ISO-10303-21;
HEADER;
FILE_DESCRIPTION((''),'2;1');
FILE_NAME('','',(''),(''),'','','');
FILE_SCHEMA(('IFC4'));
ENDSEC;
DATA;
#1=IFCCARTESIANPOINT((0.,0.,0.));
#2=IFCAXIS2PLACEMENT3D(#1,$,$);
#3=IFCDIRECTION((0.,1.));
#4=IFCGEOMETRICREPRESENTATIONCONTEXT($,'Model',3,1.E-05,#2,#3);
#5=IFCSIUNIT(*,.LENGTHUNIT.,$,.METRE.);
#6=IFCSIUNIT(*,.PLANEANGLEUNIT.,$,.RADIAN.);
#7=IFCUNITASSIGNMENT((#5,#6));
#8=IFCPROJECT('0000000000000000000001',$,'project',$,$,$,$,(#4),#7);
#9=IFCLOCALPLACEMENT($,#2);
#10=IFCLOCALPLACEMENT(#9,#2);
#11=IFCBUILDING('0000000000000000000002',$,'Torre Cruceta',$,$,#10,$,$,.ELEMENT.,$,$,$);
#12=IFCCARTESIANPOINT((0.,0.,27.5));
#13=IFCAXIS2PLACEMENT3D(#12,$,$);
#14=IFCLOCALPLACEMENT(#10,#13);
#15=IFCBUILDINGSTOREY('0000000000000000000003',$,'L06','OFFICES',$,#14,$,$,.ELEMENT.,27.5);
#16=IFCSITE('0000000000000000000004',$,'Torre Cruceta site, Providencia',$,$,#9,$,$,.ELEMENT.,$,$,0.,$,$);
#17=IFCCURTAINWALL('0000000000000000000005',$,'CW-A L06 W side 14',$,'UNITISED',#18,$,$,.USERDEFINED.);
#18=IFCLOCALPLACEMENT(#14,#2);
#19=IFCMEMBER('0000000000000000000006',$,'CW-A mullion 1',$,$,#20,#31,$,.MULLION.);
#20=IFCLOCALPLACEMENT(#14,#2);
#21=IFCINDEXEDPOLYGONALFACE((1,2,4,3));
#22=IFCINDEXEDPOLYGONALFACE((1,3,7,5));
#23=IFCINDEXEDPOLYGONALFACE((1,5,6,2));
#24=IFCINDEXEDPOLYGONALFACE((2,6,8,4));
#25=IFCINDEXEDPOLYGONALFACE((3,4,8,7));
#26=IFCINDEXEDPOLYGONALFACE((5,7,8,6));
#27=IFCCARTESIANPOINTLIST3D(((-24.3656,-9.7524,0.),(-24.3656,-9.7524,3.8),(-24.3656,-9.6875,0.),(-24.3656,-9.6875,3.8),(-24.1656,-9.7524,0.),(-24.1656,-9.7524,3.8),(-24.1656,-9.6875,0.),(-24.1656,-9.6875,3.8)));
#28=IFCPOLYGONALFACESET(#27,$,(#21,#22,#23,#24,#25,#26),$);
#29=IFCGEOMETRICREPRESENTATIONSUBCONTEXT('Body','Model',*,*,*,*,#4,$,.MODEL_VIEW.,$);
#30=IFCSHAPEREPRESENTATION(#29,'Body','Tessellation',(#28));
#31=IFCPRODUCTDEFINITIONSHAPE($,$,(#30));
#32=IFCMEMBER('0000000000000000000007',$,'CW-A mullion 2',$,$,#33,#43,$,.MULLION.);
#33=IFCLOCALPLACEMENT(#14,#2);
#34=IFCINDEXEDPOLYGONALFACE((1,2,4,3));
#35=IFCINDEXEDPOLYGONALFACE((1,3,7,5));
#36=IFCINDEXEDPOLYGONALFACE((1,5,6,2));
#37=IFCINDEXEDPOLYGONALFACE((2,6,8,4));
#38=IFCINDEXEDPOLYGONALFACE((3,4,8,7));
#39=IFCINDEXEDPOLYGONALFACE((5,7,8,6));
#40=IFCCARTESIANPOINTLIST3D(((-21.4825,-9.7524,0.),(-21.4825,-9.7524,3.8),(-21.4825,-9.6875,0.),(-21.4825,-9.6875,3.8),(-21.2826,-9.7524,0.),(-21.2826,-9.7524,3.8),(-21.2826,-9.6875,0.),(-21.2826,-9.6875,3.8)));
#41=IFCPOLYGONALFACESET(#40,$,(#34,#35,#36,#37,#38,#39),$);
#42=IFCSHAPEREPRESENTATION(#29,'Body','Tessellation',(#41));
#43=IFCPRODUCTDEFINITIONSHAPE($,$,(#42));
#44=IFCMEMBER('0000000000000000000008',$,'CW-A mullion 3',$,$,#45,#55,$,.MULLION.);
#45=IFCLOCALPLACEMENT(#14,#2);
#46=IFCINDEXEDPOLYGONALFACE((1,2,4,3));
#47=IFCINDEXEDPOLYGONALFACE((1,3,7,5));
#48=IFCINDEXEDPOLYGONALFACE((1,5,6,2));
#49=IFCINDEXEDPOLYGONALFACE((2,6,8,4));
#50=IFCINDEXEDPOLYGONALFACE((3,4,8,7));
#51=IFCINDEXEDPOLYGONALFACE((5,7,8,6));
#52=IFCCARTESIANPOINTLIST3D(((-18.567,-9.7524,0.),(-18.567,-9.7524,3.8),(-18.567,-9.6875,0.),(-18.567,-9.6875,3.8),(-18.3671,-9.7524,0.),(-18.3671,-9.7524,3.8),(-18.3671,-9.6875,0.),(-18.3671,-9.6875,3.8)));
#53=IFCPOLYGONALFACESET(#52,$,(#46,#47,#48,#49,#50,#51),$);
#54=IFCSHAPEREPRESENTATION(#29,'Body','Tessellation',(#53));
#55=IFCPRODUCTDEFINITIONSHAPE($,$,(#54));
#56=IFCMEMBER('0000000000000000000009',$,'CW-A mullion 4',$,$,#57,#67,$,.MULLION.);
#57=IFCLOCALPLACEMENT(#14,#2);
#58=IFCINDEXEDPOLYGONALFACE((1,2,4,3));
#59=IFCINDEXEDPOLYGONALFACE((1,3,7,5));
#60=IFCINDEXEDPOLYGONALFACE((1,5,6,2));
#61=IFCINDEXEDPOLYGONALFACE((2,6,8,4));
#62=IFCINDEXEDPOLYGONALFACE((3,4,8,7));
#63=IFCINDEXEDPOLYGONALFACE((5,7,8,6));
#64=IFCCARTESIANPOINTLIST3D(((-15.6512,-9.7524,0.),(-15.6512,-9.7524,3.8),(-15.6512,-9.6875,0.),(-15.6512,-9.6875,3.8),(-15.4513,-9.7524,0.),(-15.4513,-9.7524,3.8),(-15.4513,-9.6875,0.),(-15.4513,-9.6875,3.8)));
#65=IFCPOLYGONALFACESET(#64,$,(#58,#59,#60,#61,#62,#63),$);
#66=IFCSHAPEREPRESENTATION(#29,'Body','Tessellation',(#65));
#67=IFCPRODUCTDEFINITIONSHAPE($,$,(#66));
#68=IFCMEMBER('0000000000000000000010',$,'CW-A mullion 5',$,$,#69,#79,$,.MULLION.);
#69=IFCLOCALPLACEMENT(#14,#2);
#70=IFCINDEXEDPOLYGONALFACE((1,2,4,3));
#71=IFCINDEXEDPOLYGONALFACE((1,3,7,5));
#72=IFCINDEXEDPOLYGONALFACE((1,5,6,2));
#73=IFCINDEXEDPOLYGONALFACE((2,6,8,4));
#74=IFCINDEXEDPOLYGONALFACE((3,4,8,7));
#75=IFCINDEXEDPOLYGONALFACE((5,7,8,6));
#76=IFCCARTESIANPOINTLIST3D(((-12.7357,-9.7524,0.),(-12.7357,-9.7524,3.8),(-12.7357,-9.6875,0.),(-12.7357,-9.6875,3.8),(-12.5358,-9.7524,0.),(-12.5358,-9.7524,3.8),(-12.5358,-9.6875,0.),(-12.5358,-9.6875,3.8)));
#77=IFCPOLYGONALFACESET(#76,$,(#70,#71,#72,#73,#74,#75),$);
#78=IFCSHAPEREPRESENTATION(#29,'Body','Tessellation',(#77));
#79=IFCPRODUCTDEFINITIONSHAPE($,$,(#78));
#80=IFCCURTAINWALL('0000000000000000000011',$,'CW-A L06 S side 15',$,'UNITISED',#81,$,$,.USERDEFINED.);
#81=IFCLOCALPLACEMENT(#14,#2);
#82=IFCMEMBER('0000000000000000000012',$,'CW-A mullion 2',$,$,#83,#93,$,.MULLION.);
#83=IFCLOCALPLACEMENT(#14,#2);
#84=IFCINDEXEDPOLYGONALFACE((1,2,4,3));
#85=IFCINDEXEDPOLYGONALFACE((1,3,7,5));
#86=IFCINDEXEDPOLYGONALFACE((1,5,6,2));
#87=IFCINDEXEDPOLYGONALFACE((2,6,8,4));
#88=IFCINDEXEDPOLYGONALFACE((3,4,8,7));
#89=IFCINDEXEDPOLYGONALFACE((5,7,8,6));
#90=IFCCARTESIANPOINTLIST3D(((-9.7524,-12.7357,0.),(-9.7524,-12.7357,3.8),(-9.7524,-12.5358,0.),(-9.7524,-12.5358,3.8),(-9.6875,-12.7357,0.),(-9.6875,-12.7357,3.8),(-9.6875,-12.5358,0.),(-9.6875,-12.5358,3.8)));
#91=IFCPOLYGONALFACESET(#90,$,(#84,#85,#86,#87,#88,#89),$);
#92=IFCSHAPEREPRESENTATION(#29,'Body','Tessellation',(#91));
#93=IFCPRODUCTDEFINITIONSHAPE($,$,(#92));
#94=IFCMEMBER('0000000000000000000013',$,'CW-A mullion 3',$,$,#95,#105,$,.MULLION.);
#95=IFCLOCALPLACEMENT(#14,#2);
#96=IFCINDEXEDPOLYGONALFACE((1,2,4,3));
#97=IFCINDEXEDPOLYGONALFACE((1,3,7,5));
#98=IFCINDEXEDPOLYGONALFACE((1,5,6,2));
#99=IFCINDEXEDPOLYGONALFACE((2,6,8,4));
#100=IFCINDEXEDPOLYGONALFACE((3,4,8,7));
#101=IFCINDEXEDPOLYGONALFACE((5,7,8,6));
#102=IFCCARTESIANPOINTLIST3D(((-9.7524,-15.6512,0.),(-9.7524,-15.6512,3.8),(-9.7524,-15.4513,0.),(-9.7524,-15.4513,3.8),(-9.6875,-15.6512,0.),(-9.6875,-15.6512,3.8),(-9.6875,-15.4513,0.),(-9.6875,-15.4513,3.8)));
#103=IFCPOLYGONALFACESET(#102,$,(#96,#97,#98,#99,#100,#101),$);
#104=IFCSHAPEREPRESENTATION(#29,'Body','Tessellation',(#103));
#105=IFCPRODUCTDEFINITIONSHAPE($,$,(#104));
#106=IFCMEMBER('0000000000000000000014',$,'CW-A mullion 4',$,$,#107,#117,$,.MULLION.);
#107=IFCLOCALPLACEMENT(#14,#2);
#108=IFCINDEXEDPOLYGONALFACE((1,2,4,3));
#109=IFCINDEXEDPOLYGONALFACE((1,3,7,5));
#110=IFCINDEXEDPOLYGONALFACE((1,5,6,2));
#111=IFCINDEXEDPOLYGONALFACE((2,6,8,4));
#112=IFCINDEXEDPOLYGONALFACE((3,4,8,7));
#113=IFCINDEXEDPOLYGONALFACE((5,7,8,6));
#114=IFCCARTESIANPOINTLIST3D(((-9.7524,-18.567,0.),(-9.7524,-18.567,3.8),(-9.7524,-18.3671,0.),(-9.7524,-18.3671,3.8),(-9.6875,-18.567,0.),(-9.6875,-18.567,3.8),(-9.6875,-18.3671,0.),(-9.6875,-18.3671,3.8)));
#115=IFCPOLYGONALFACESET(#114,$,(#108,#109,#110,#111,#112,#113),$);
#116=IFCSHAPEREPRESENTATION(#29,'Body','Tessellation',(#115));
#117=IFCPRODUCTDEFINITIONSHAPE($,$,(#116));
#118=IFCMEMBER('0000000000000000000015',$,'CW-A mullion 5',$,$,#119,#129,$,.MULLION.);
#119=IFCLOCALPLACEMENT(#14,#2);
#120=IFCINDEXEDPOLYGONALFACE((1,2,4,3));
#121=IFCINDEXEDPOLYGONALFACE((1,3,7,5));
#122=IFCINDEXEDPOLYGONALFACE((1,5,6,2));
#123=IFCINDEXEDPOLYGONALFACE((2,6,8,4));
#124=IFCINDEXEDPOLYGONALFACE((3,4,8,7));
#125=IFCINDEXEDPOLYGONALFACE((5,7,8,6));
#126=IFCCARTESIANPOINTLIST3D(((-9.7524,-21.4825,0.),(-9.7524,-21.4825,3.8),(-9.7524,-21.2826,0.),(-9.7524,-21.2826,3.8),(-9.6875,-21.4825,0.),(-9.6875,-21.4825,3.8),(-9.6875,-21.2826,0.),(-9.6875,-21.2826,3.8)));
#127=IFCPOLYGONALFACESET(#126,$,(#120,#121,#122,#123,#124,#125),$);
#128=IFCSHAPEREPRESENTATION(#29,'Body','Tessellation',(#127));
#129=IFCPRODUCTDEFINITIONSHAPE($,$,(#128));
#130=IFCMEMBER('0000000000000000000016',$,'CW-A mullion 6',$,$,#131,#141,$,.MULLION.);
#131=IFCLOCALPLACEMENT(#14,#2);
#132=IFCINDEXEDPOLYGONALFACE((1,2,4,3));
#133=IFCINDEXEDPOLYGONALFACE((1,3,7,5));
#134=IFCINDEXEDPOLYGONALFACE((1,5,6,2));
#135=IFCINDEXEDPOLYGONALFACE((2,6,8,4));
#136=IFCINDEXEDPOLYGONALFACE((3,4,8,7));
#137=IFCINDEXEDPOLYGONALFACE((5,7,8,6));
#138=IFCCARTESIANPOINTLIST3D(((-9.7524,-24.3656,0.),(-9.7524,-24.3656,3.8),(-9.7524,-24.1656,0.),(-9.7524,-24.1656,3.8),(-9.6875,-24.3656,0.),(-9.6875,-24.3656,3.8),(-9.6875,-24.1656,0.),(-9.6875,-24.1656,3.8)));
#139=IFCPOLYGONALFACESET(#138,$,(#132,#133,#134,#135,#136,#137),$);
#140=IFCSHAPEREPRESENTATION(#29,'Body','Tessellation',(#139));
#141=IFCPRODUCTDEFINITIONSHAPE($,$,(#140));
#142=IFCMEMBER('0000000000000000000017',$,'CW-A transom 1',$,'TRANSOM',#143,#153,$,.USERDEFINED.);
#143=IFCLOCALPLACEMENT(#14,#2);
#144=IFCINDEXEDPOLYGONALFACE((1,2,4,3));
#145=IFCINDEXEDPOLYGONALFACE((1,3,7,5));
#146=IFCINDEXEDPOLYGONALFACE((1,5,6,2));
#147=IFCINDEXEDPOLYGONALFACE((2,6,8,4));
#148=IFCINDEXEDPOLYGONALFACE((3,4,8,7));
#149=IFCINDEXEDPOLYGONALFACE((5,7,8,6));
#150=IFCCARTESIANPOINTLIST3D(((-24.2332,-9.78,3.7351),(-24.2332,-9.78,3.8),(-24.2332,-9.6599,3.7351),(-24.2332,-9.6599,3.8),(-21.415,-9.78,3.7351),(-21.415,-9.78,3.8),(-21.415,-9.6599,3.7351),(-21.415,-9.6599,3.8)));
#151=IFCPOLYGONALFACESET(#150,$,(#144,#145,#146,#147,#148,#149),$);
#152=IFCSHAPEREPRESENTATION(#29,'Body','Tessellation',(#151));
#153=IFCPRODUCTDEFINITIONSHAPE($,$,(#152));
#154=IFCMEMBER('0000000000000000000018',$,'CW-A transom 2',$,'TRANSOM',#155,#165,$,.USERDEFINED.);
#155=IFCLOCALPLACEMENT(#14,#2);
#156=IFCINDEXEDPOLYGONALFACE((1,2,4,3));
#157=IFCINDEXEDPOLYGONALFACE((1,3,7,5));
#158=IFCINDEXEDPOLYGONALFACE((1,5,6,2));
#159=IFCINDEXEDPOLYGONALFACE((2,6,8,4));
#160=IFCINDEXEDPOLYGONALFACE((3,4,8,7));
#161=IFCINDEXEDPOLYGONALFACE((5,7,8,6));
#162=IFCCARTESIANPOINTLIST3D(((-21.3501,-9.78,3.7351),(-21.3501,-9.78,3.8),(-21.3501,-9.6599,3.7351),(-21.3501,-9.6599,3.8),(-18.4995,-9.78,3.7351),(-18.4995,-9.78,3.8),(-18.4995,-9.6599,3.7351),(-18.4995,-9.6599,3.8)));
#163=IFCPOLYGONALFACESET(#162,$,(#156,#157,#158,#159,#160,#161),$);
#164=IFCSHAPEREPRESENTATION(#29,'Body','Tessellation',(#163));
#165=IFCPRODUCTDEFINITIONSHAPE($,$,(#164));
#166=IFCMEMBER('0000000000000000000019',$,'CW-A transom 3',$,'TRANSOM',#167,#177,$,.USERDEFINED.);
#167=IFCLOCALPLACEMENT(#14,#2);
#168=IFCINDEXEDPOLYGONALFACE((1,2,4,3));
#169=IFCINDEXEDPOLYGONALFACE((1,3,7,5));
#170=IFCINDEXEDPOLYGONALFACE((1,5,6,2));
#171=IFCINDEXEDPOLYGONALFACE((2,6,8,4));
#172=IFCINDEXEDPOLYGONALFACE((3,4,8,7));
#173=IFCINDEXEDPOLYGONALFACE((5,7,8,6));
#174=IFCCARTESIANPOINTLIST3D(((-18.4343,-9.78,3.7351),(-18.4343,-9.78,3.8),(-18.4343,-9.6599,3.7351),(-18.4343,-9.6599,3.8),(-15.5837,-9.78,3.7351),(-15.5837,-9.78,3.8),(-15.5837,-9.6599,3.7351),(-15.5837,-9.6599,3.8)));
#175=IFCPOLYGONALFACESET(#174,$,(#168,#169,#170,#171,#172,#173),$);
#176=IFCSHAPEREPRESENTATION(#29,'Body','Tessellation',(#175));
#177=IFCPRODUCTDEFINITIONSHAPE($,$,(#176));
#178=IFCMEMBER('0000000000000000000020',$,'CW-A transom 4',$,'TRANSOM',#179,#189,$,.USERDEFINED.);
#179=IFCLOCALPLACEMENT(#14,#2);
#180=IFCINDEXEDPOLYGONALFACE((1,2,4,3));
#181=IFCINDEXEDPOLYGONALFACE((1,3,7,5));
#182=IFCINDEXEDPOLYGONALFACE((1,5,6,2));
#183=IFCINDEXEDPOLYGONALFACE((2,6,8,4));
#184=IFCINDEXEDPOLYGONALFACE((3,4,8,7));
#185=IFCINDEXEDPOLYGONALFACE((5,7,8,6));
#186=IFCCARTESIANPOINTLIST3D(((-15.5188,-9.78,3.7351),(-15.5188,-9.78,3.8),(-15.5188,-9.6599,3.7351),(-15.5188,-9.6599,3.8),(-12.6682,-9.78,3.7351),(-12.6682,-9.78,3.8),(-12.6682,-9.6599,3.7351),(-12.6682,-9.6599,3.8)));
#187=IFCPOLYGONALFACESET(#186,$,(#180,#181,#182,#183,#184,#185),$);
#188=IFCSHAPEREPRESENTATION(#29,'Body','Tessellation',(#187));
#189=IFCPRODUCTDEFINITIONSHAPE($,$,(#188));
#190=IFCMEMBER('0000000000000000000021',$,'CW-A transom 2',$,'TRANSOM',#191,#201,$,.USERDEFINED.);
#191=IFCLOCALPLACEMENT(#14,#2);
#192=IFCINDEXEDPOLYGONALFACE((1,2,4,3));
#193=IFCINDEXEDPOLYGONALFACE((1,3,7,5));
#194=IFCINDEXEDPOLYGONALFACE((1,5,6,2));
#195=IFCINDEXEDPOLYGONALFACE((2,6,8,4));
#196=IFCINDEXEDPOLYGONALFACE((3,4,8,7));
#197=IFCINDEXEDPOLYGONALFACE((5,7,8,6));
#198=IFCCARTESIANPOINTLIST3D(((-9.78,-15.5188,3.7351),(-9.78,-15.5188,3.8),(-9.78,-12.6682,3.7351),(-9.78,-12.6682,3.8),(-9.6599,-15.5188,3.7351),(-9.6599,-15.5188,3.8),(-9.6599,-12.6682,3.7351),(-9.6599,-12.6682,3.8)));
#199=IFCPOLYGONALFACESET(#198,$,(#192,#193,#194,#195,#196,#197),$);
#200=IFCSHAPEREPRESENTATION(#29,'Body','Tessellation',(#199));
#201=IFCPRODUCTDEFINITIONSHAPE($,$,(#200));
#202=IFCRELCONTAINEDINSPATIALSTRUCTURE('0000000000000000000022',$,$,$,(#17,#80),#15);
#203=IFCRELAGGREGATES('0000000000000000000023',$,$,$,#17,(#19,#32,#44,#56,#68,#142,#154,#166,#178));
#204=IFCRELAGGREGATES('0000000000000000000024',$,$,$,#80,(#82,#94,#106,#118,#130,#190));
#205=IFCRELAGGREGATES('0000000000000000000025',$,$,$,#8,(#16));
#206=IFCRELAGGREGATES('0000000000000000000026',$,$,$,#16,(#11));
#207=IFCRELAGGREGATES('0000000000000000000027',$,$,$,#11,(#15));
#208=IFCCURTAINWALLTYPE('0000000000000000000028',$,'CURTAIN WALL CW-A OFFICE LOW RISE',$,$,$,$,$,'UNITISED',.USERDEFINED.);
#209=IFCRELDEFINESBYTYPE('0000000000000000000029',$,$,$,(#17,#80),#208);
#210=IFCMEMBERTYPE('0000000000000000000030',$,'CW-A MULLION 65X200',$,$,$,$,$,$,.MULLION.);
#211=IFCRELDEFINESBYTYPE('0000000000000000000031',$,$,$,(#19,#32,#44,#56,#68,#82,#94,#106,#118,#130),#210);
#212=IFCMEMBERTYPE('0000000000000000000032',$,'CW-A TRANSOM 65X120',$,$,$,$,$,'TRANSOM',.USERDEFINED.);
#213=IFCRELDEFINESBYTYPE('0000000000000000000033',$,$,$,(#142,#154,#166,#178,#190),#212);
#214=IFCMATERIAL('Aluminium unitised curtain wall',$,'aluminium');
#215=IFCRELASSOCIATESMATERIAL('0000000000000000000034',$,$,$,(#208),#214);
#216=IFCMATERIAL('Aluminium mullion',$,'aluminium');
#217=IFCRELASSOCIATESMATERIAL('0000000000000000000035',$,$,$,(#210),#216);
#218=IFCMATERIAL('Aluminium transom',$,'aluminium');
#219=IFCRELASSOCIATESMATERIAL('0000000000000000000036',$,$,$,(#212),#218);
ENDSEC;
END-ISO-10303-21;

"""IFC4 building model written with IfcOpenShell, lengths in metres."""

from ifc_helpers import new_model, si_unit, direction, frame, origin, origin_2d, place, context, subcontext, project, spatial, rectangle, extrude, material, material_profile, profile_set, type_object, element, aggregate, save


model = new_model("IFC4")

# Units and contexts
model_context = context("Model", 3, precision=1e-05, world=origin(), true_north=direction((0.0, 1.0)))
body_context = subcontext(model_context, "Body", "Model", "MODEL_VIEW")
ifc_project = project(units=[si_unit("LENGTHUNIT", "METRE"), si_unit("PLANEANGLEUNIT", "RADIAN")], contexts=[model_context])

# Site, building, storey
site_placement = place(None, origin())
site = spatial("IfcSite", under=ifc_project, at=site_placement, Name="Torre Cruceta site, Providencia", CompositionType="ELEMENT", RefElevation=0.0)
building_placement = place(site_placement, origin())
building = spatial("IfcBuilding", under=site, at=building_placement, Name="Torre Cruceta", CompositionType="ELEMENT")
storey_placement = place(building_placement, frame((0.0, 0.0, 27.5)))
storey = spatial("IfcBuildingStorey", under=building, at=storey_placement, Name="L06", Description="OFFICES", CompositionType="ELEMENT", Elevation=27.5)

# Curtain walls, members
ifc_material_1 = material(Name="Aluminium unitised curtain wall", Category="aluminium")
curtain_wall_type = type_object("IfcCurtainWallType", Name="CURTAIN WALL CW-A OFFICE LOW RISE", ElementType="UNITISED", PredefinedType="USERDEFINED", material=ifc_material_1)
curtain_wall_1_placement = place(storey_placement, origin())
curtain_wall_1 = element("IfcCurtainWall", 1, at=curtain_wall_1_placement, inside=storey, type_object=curtain_wall_type, Name="CW-A L06 W side 14", ObjectType="UNITISED", PredefinedType="USERDEFINED")
ifc_material_2 = material(Name="Aluminium mullion", Category="aluminium")
ifc_material_profile_1 = material_profile(ifc_material_2, rectangle(XDim=0.0649, YDim=0.2, at=origin_2d()), Name="AL 65X200")
ifc_profile_set_1 = profile_set([ifc_material_profile_1], Name="Aluminium mullion")
member_type_1 = type_object("IfcMemberType", Name="CW-A MULLION 65X200", PredefinedType="MULLION", material=ifc_profile_set_1)
member_1_placement = place(storey_placement, frame((-24.2656, -9.72, 0.0), z_axis=(0.0, 0.0, 1.0), x_axis=(0.0, 1.0, 0.0)))
member_1 = element("IfcMember", 2, at=member_1_placement, type_object=member_type_1, Name="CW-A mullion 1", PredefinedType="MULLION", context=body_context, shape_type="SweptSolid", body=[
    extrude(rectangle(XDim=0.0649, YDim=0.2, at=origin_2d()), origin(), (0.0, 0.0, 1.0), 3.8),
])
member_2_placement = place(storey_placement, frame((-21.3826, -9.72, 0.0), z_axis=(0.0, 0.0, 1.0), x_axis=(0.0, 1.0, 0.0)))
member_2 = element("IfcMember", 3, at=member_2_placement, type_object=member_type_1, Name="CW-A mullion 2", PredefinedType="MULLION", context=body_context, shape_type="SweptSolid", body=[
    extrude(rectangle(XDim=0.0649, YDim=0.2, at=origin_2d()), origin(), (0.0, 0.0, 1.0), 3.8),
])
member_3_placement = place(storey_placement, frame((-18.467, -9.72, 0.0), z_axis=(0.0, 0.0, 1.0), x_axis=(0.0, 1.0, 0.0)))
member_3 = element("IfcMember", 4, at=member_3_placement, type_object=member_type_1, Name="CW-A mullion 3", PredefinedType="MULLION", context=body_context, shape_type="SweptSolid", body=[
    extrude(rectangle(XDim=0.0649, YDim=0.2, at=origin_2d()), origin(), (0.0, 0.0, 1.0), 3.8),
])
member_4_placement = place(storey_placement, frame((-15.5513, -9.72, 0.0), z_axis=(0.0, 0.0, 1.0), x_axis=(0.0, 1.0, 0.0)))
member_4 = element("IfcMember", 5, at=member_4_placement, type_object=member_type_1, Name="CW-A mullion 4", PredefinedType="MULLION", context=body_context, shape_type="SweptSolid", body=[
    extrude(rectangle(XDim=0.0649, YDim=0.2, at=origin_2d()), origin(), (0.0, 0.0, 1.0), 3.8),
])
member_5_placement = place(storey_placement, frame((-12.6357, -9.72, 0.0), z_axis=(0.0, 0.0, 1.0), x_axis=(0.0, 1.0, 0.0)))
member_5 = element("IfcMember", 6, at=member_5_placement, type_object=member_type_1, Name="CW-A mullion 5", PredefinedType="MULLION", context=body_context, shape_type="SweptSolid", body=[
    extrude(rectangle(XDim=0.0649, YDim=0.2, at=origin_2d()), origin(), (0.0, 0.0, 1.0), 3.8),
])
curtain_wall_2_placement = place(storey_placement, origin())
curtain_wall_2 = element("IfcCurtainWall", 7, at=curtain_wall_2_placement, inside=storey, type_object=curtain_wall_type, Name="CW-A L06 S side 15", ObjectType="UNITISED", PredefinedType="USERDEFINED")
member_6_placement = place(storey_placement, frame((-9.72, -12.6357, 0.0), z_axis=(0.0, 0.0, 1.0), x_axis=(1.0, 0.0, 0.0)))
member_6 = element("IfcMember", 8, at=member_6_placement, type_object=member_type_1, Name="CW-A mullion 2", PredefinedType="MULLION", context=body_context, shape_type="SweptSolid", body=[
    extrude(rectangle(XDim=0.0649, YDim=0.2, at=origin_2d()), origin(), (0.0, 0.0, 1.0), 3.8),
])
member_7_placement = place(storey_placement, frame((-9.72, -15.5513, 0.0), z_axis=(0.0, 0.0, 1.0), x_axis=(1.0, 0.0, 0.0)))
member_7 = element("IfcMember", 9, at=member_7_placement, type_object=member_type_1, Name="CW-A mullion 3", PredefinedType="MULLION", context=body_context, shape_type="SweptSolid", body=[
    extrude(rectangle(XDim=0.0649, YDim=0.2, at=origin_2d()), origin(), (0.0, 0.0, 1.0), 3.8),
])
member_8_placement = place(storey_placement, frame((-9.72, -18.467, 0.0), z_axis=(0.0, 0.0, 1.0), x_axis=(1.0, 0.0, 0.0)))
member_8 = element("IfcMember", 10, at=member_8_placement, type_object=member_type_1, Name="CW-A mullion 4", PredefinedType="MULLION", context=body_context, shape_type="SweptSolid", body=[
    extrude(rectangle(XDim=0.0649, YDim=0.2, at=origin_2d()), origin(), (0.0, 0.0, 1.0), 3.8),
])
member_9_placement = place(storey_placement, frame((-9.72, -21.3826, 0.0), z_axis=(0.0, 0.0, 1.0), x_axis=(1.0, 0.0, 0.0)))
member_9 = element("IfcMember", 11, at=member_9_placement, type_object=member_type_1, Name="CW-A mullion 5", PredefinedType="MULLION", context=body_context, shape_type="SweptSolid", body=[
    extrude(rectangle(XDim=0.0649, YDim=0.2, at=origin_2d()), origin(), (0.0, 0.0, 1.0), 3.8),
])
member_10_placement = place(storey_placement, frame((-9.72, -24.2656, 0.0), z_axis=(0.0, 0.0, 1.0), x_axis=(1.0, 0.0, 0.0)))
member_10 = element("IfcMember", 12, at=member_10_placement, type_object=member_type_1, Name="CW-A mullion 6", PredefinedType="MULLION", context=body_context, shape_type="SweptSolid", body=[
    extrude(rectangle(XDim=0.0649, YDim=0.2, at=origin_2d()), origin(), (0.0, 0.0, 1.0), 3.8),
])

# Members
ifc_material_3 = material(Name="Aluminium transom", Category="aluminium")
ifc_material_profile_2 = material_profile(ifc_material_3, rectangle(XDim=0.1201, YDim=0.0649, at=origin_2d()), Name="AL 120X65")
ifc_profile_set_2 = profile_set([ifc_material_profile_2], Name="Aluminium transom")
member_type_2 = type_object("IfcMemberType", Name="CW-A TRANSOM 65X120", ElementType="TRANSOM", PredefinedType="USERDEFINED", material=ifc_profile_set_2)
member_11_placement = place(storey_placement, frame((-24.2332, -9.72, 3.7676), z_axis=(1.0, 0.0, 0.0), x_axis=(0.0, 1.0, 0.0)))
member_11 = element("IfcMember", 13, at=member_11_placement, type_object=member_type_2, Name="CW-A transom 1", ObjectType="TRANSOM", PredefinedType="USERDEFINED", context=body_context, shape_type="SweptSolid", body=[
    extrude(rectangle(XDim=0.1201, YDim=0.0649, at=origin_2d()), origin(), (0.0, 0.0, 1.0), 2.8181),
])
member_12_placement = place(storey_placement, frame((-21.3501, -9.72, 3.7676), z_axis=(1.0, 0.0, 0.0), x_axis=(0.0, 1.0, 0.0)))
member_12 = element("IfcMember", 14, at=member_12_placement, type_object=member_type_2, Name="CW-A transom 2", ObjectType="TRANSOM", PredefinedType="USERDEFINED", context=body_context, shape_type="SweptSolid", body=[
    extrude(rectangle(XDim=0.1201, YDim=0.0649, at=origin_2d()), origin(), (0.0, 0.0, 1.0), 2.8506),
])
member_13_placement = place(storey_placement, frame((-18.4343, -9.72, 3.7676), z_axis=(1.0, 0.0, 0.0), x_axis=(0.0, 1.0, 0.0)))
member_13 = element("IfcMember", 15, at=member_13_placement, type_object=member_type_2, Name="CW-A transom 3", ObjectType="TRANSOM", PredefinedType="USERDEFINED", context=body_context, shape_type="SweptSolid", body=[
    extrude(rectangle(XDim=0.1201, YDim=0.0649, at=origin_2d()), origin(), (0.0, 0.0, 1.0), 2.8506),
])
member_14_placement = place(storey_placement, frame((-15.5188, -9.72, 3.7676), z_axis=(1.0, 0.0, 0.0), x_axis=(0.0, 1.0, 0.0)))
member_14 = element("IfcMember", 16, at=member_14_placement, type_object=member_type_2, Name="CW-A transom 4", ObjectType="TRANSOM", PredefinedType="USERDEFINED", context=body_context, shape_type="SweptSolid", body=[
    extrude(rectangle(XDim=0.1201, YDim=0.0649, at=origin_2d()), origin(), (0.0, 0.0, 1.0), 2.8506),
])
member_15_placement = place(storey_placement, frame((-9.72, -12.6682, 3.7676), z_axis=(0.0, -1.0, 0.0), x_axis=(1.0, 0.0, 0.0)))
member_15 = element("IfcMember", 17, at=member_15_placement, type_object=member_type_2, Name="CW-A transom 2", ObjectType="TRANSOM", PredefinedType="USERDEFINED", context=body_context, shape_type="SweptSolid", body=[
    extrude(rectangle(XDim=0.1201, YDim=0.0649, at=origin_2d()), origin(), (0.0, 0.0, 1.0), 2.8506),
])

aggregate(curtain_wall_1, [member_1, member_2, member_3, member_4, member_5, member_11, member_12, member_13, member_14])
aggregate(curtain_wall_2, [member_6, member_7, member_8, member_9, member_10, member_15])

save(model, "model.ifc")
